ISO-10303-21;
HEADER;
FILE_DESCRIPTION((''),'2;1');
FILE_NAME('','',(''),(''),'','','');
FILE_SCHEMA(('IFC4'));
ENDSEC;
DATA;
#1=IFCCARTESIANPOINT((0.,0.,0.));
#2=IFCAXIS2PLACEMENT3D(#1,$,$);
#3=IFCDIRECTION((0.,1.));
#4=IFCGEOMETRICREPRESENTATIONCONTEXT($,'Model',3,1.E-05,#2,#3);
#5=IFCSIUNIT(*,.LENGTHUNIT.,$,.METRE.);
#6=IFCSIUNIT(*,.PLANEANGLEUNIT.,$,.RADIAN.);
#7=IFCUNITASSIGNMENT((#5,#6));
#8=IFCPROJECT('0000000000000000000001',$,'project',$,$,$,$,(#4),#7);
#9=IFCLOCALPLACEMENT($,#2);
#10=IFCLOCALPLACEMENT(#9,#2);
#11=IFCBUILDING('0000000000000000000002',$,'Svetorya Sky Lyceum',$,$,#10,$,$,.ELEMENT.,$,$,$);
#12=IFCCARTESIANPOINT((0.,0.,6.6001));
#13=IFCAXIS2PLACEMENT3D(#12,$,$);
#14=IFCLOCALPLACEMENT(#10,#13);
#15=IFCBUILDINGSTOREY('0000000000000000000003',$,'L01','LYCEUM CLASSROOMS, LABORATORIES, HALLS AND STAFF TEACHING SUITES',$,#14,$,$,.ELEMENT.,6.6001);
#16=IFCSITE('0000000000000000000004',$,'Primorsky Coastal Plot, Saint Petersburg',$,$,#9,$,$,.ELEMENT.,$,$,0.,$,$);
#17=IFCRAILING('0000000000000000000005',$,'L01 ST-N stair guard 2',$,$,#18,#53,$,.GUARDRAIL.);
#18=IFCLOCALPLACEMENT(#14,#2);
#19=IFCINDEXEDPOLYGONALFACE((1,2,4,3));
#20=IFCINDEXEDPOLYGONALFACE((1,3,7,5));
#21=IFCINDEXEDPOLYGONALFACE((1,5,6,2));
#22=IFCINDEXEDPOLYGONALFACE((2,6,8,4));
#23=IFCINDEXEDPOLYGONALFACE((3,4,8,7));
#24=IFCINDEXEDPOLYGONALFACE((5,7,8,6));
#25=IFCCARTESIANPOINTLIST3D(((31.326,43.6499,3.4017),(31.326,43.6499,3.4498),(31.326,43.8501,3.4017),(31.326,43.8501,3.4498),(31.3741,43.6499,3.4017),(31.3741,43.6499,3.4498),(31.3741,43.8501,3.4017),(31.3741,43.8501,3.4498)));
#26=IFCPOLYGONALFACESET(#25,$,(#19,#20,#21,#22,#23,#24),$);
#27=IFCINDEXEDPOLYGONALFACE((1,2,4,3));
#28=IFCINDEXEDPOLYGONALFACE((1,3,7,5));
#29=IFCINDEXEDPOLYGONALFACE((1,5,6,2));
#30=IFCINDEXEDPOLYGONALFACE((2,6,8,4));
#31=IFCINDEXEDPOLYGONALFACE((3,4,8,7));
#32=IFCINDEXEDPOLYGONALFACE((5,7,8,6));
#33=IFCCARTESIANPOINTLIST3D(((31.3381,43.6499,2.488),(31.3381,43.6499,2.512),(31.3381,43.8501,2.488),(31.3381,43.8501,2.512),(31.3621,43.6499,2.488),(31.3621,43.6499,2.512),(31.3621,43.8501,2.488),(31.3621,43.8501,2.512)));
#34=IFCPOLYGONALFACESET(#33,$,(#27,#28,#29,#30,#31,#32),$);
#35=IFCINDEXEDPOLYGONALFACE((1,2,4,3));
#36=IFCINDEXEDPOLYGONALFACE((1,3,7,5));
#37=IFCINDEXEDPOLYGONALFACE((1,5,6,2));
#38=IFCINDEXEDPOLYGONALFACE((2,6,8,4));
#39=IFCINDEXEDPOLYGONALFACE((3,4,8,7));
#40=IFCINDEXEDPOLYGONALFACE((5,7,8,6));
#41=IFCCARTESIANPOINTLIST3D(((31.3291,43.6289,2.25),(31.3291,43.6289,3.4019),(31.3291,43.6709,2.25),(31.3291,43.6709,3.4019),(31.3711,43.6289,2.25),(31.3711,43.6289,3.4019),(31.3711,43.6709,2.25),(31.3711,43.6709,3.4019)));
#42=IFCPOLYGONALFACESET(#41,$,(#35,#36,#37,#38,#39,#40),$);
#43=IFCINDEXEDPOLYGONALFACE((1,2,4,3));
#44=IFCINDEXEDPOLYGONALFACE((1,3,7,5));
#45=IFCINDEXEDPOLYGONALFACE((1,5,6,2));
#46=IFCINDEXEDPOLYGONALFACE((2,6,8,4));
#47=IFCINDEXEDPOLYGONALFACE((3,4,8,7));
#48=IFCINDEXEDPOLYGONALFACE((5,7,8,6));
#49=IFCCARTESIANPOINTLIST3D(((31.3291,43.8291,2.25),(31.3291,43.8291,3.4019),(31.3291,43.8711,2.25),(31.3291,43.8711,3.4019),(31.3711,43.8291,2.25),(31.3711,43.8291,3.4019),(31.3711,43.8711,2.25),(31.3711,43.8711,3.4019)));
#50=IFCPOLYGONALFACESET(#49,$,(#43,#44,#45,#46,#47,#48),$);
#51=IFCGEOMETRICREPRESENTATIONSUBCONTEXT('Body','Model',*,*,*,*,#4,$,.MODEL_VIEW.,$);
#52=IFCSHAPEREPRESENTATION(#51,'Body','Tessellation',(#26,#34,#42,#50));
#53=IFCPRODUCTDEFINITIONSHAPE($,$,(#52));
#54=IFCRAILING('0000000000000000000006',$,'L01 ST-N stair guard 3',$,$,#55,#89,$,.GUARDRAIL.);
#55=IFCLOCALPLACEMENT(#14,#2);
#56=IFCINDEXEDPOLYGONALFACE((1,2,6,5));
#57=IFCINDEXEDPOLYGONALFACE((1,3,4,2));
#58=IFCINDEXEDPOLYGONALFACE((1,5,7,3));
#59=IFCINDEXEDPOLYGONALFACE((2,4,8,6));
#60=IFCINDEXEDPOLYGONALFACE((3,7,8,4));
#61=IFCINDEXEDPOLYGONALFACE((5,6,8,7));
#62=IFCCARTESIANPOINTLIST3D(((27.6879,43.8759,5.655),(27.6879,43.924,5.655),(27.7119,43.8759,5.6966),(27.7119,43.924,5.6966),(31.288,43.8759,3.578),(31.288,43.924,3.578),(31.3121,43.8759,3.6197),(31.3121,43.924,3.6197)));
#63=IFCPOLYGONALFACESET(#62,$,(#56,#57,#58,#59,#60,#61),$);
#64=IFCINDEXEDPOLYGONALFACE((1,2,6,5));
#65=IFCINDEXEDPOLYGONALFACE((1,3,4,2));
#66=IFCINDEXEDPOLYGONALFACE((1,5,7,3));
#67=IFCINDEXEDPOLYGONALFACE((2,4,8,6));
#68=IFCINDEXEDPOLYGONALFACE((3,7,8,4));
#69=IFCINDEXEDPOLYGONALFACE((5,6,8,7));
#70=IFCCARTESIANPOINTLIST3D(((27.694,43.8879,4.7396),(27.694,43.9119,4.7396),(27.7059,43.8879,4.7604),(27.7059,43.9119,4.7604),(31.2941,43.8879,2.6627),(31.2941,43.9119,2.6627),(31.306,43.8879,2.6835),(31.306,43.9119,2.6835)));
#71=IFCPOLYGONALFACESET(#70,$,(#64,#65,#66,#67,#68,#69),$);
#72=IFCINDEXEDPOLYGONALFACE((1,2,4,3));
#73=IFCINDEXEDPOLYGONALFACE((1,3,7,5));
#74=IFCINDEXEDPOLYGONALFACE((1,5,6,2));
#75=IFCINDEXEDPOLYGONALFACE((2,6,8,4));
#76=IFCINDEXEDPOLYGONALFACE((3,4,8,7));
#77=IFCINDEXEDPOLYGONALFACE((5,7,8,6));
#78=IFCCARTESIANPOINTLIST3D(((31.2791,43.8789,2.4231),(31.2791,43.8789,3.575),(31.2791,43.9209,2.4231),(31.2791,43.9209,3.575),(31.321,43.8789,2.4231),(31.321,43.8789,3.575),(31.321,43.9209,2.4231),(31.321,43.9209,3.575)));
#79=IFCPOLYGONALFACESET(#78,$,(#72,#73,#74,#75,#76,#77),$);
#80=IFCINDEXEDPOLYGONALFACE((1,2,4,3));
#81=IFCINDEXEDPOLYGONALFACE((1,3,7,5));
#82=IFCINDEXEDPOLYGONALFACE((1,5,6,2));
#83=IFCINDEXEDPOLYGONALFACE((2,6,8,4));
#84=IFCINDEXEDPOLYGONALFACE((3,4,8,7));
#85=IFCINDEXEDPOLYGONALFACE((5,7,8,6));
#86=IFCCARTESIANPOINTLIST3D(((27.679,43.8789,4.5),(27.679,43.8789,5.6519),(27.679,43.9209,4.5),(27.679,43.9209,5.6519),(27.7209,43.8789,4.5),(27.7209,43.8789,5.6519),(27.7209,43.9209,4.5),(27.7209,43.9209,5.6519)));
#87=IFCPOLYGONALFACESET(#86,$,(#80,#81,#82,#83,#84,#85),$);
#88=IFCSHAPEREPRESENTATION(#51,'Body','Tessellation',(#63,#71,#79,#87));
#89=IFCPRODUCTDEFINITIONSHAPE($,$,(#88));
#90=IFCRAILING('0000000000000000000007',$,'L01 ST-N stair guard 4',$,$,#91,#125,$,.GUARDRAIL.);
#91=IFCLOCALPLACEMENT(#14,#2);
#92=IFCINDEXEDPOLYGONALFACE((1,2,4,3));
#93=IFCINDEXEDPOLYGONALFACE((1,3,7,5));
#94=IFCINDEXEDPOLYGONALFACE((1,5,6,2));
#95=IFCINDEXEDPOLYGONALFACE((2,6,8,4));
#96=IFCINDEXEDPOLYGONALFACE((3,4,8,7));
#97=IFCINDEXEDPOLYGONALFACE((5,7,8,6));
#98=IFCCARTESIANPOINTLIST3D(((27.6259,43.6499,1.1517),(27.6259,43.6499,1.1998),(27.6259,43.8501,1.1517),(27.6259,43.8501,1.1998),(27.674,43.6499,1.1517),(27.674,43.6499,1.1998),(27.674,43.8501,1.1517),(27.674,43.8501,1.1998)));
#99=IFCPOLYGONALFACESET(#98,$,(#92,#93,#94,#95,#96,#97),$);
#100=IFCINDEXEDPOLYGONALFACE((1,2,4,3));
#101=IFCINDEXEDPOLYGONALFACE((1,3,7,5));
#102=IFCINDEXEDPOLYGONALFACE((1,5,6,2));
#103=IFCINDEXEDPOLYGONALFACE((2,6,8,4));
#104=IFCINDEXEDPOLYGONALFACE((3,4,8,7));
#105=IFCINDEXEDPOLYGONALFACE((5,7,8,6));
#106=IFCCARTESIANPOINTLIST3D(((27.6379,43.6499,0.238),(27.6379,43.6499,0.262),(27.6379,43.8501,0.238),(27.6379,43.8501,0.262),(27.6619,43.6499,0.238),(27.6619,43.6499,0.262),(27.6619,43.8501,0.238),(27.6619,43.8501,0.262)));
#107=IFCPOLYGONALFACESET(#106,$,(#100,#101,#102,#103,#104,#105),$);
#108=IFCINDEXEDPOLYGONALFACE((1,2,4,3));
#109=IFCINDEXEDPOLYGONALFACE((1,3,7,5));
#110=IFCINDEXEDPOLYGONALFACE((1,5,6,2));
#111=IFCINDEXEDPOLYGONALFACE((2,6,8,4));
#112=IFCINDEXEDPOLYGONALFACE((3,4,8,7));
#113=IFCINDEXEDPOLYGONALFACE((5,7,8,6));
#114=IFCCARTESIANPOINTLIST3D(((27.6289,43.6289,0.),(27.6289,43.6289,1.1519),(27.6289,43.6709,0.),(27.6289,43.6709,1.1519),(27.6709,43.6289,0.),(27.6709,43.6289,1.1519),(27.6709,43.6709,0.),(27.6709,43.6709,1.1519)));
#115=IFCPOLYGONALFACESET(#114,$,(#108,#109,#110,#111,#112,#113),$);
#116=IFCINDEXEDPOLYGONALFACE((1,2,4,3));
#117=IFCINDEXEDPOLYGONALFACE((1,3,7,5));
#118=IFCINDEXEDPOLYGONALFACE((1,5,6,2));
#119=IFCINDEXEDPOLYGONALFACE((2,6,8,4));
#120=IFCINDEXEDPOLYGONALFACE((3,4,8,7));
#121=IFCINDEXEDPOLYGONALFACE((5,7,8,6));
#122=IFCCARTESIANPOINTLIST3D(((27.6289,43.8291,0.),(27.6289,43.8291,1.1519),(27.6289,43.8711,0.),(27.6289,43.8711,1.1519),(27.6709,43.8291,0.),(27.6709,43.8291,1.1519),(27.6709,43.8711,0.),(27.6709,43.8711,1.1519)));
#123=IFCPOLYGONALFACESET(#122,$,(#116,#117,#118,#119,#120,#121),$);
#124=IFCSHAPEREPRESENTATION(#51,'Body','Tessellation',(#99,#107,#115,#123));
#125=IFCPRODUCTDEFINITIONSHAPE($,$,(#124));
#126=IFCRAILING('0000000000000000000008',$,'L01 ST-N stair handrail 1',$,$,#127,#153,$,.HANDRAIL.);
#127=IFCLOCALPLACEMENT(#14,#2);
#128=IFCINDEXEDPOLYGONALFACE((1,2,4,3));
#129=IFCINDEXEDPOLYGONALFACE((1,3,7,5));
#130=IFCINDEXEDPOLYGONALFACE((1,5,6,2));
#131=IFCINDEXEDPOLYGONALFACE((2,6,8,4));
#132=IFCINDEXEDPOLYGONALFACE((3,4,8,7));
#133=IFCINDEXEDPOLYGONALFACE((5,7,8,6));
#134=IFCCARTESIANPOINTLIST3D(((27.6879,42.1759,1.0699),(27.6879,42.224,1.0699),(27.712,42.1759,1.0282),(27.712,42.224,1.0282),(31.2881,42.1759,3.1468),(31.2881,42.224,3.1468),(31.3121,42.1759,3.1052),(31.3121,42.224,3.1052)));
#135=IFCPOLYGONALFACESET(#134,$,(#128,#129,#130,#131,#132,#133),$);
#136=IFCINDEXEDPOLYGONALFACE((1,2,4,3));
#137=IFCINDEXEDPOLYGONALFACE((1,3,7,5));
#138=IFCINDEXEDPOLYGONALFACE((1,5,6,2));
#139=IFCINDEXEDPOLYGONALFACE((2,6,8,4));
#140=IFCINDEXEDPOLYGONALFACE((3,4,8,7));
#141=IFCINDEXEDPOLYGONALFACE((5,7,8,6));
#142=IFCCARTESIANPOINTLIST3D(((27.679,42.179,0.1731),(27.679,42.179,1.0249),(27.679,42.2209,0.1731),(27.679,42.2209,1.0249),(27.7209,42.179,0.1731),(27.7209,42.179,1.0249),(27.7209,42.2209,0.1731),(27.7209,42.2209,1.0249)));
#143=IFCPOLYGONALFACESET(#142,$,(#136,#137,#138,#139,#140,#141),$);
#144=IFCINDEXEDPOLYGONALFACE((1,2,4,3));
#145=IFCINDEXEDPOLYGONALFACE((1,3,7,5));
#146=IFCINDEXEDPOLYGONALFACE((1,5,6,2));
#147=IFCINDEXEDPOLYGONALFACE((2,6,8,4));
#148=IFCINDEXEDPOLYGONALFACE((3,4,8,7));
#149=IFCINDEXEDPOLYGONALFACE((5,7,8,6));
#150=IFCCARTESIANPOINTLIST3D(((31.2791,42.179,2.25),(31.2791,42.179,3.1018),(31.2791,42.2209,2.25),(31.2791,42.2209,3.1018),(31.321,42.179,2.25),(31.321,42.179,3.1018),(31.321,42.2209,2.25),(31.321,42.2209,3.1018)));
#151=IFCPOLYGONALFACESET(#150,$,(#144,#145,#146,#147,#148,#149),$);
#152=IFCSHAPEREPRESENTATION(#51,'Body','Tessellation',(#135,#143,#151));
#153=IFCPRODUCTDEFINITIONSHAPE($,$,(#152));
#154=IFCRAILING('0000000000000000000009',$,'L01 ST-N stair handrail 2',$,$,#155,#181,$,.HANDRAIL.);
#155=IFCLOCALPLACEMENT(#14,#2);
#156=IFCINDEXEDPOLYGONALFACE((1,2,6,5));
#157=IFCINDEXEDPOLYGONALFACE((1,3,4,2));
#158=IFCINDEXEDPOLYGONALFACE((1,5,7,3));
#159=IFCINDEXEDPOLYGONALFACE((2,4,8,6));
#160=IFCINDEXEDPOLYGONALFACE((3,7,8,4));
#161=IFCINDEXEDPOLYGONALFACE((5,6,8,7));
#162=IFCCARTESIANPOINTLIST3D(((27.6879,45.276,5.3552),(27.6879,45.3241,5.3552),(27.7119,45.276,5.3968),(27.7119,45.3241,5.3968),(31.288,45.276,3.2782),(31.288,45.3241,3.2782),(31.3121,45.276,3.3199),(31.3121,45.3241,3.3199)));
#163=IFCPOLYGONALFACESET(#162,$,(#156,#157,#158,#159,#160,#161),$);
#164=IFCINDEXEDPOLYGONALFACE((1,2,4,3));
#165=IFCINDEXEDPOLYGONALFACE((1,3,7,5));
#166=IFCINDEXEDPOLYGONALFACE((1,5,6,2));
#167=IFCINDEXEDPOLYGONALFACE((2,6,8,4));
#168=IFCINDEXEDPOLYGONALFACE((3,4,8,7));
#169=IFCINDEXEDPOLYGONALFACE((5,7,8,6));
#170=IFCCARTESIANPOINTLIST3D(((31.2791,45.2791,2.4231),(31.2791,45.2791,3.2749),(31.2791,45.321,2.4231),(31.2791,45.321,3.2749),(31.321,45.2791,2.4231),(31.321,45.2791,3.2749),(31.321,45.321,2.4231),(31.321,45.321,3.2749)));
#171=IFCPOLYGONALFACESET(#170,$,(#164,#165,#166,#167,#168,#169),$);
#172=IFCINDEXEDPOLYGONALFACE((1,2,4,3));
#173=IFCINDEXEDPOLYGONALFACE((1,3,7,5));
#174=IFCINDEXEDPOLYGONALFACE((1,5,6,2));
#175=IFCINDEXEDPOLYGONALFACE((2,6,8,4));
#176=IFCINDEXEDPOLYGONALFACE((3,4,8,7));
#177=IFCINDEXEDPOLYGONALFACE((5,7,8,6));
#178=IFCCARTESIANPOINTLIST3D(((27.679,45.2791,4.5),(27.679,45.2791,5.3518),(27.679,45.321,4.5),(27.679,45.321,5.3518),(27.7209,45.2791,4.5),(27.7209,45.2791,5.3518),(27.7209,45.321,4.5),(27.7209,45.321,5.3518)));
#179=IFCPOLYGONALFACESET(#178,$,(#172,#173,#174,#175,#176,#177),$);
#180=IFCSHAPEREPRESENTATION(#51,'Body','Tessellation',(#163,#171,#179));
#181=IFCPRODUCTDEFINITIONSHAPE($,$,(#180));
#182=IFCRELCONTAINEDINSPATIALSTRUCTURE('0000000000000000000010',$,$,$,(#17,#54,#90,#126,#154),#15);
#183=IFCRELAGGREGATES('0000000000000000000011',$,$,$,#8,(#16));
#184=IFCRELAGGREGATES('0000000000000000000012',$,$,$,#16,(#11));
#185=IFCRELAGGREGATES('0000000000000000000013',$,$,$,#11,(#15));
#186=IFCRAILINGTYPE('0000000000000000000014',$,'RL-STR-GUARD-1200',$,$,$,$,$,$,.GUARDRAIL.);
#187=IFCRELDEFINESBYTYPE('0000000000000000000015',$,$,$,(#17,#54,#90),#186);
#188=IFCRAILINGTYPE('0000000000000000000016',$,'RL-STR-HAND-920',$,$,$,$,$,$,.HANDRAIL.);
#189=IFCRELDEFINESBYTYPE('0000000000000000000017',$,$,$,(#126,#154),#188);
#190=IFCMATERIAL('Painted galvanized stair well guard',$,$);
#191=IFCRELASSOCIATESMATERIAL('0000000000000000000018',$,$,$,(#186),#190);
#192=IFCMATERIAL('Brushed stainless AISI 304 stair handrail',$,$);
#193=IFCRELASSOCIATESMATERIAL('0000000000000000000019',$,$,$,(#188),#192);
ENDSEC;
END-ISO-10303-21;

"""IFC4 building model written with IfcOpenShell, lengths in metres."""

from ifc_helpers import new_model, si_unit, direction, frame, origin, origin_2d, place, context, subcontext, project, spatial, rectangle, extrude, material, type_object, element, save


model = new_model("IFC4")

# Units and contexts
model_context = context("Model", 3, precision=1e-05, world=origin(), true_north=direction((0.0, 1.0)))
body_context = subcontext(model_context, "Body", "Model", "MODEL_VIEW")
ifc_project = project(units=[si_unit("LENGTHUNIT", "METRE"), si_unit("PLANEANGLEUNIT", "RADIAN")], contexts=[model_context])

# Site, building, storey
site_placement = place(None, origin())
site = spatial("IfcSite", under=ifc_project, at=site_placement, Name="Primorsky Coastal Plot, Saint Petersburg", CompositionType="ELEMENT", RefElevation=0.0)
building_placement = place(site_placement, origin())
building = spatial("IfcBuilding", under=site, at=building_placement, Name="Svetorya Sky Lyceum", CompositionType="ELEMENT")
storey_placement = place(building_placement, frame((0.0, 0.0, 6.6001)))
storey = spatial("IfcBuildingStorey", under=building, at=storey_placement, Name="L01", Description="LYCEUM CLASSROOMS, LABORATORIES, HALLS AND STAFF TEACHING SUITES", CompositionType="ELEMENT", Elevation=6.6001)

# Railings
ifc_material_1 = material(Name="Painted galvanized stair well guard")
railing_type_1 = type_object("IfcRailingType", Name="RL-STR-GUARD-1200", PredefinedType="GUARDRAIL", material=ifc_material_1)
railing_1_placement = place(storey_placement, frame((31.3501, 43.6499, 2.25)))
element("IfcRailing", 1, at=railing_1_placement, inside=storey, type_object=railing_type_1, Name="L01 ST-N stair guard 2", PredefinedType="GUARDRAIL", context=body_context, shape_type="SweptSolid", body=[
    extrude(rectangle(XDim=0.0481, YDim=0.0481, at=origin_2d()), frame((0.0, 0.0, 1.1758), z_axis=(0.0, 1.0, 0.0), x_axis=(-1.0, 0.0, 0.0)), (0.0, 0.0, 1.0), 0.2002),
    extrude(rectangle(XDim=0.0239, YDim=0.0239, at=origin_2d()), frame((0.0, 0.0, 0.25), z_axis=(0.0, 1.0, 0.0), x_axis=(-1.0, 0.0, 0.0)), (0.0, 0.0, 1.0), 0.2002),
    extrude(rectangle(XDim=0.042, YDim=0.042, at=origin_2d()), origin(), (0.0, 0.0, 1.0), 1.1519),
    extrude(rectangle(XDim=0.042, YDim=0.042, at=origin_2d()), frame((0.0, 0.2002, 0.0)), (0.0, 0.0, 1.0), 1.1519),
])
railing_2_placement = place(storey_placement, frame((31.3, 43.8999, 2.4231)))
element("IfcRailing", 2, at=railing_2_placement, inside=storey, type_object=railing_type_1, Name="L01 ST-N stair guard 3", PredefinedType="GUARDRAIL", context=body_context, shape_type="SweptSolid", body=[
    extrude(rectangle(XDim=0.0481, YDim=0.0481, at=origin_2d()), frame((0.0, 0.0, 1.1758), z_axis=(-0.866193, 0.0, 0.499709), x_axis=(0.0, -1.0, 0.0)), (0.0, 0.0, 1.0), 4.1562),
    extrude(rectangle(XDim=0.0239, YDim=0.0239, at=origin_2d()), frame((0.0, 0.0, 0.25), z_axis=(-0.866193, 0.0, 0.499709), x_axis=(0.0, -1.0, 0.0)), (0.0, 0.0, 1.0), 4.1562),
    extrude(rectangle(XDim=0.042, YDim=0.042, at=origin_2d()), origin(), (0.0, 0.0, 1.0), 1.1519),
    extrude(rectangle(XDim=0.042, YDim=0.042, at=origin_2d()), frame((-3.6001, 0.0, 2.0769)), (0.0, 0.0, 1.0), 1.1519),
])
railing_3_placement = place(storey_placement, frame((27.6499, 43.6499, 0.0)))
element("IfcRailing", 3, at=railing_3_placement, inside=storey, type_object=railing_type_1, Name="L01 ST-N stair guard 4", PredefinedType="GUARDRAIL", context=body_context, shape_type="SweptSolid", body=[
    extrude(rectangle(XDim=0.0481, YDim=0.0481, at=origin_2d()), frame((0.0, 0.0, 1.1758), z_axis=(0.0, 1.0, 0.0), x_axis=(-1.0, 0.0, 0.0)), (0.0, 0.0, 1.0), 0.2002),
    extrude(rectangle(XDim=0.0239, YDim=0.0239, at=origin_2d()), frame((0.0, 0.0, 0.25), z_axis=(0.0, 1.0, 0.0), x_axis=(-1.0, 0.0, 0.0)), (0.0, 0.0, 1.0), 0.2002),
    extrude(rectangle(XDim=0.042, YDim=0.042, at=origin_2d()), origin(), (0.0, 0.0, 1.0), 1.1519),
    extrude(rectangle(XDim=0.042, YDim=0.042, at=origin_2d()), frame((0.0, 0.2002, 0.0)), (0.0, 0.0, 1.0), 1.1519),
])
ifc_material_2 = material(Name="Brushed stainless AISI 304 stair handrail")
railing_type_2 = type_object("IfcRailingType", Name="RL-STR-HAND-920", PredefinedType="HANDRAIL", material=ifc_material_2)
railing_4_placement = place(storey_placement, frame((27.7, 42.2, 0.1731)))
element("IfcRailing", 4, at=railing_4_placement, inside=storey, type_object=railing_type_2, Name="L01 ST-N stair handrail 1", PredefinedType="HANDRAIL", context=body_context, shape_type="SweptSolid", body=[
    extrude(rectangle(XDim=0.0481, YDim=0.0481, at=origin_2d()), frame((0.0, 0.0, 0.876), z_axis=(0.866193, 0.0, 0.499709), x_axis=(0.0, 1.0, 0.0)), (0.0, 0.0, 1.0), 4.1562),
    extrude(rectangle(XDim=0.042, YDim=0.042, at=origin_2d()), origin(), (0.0, 0.0, 1.0), 0.8518),
    extrude(rectangle(XDim=0.042, YDim=0.042, at=origin_2d()), frame((3.6001, 0.0, 2.0769)), (0.0, 0.0, 1.0), 0.8518),
])
railing_5_placement = place(storey_placement, frame((31.3, 45.3, 2.4231)))
element("IfcRailing", 5, at=railing_5_placement, inside=storey, type_object=railing_type_2, Name="L01 ST-N stair handrail 2", PredefinedType="HANDRAIL", context=body_context, shape_type="SweptSolid", body=[
    extrude(rectangle(XDim=0.0481, YDim=0.0481, at=origin_2d()), frame((0.0, 0.0, 0.876), z_axis=(-0.866193, 0.0, 0.499709), x_axis=(0.0, -1.0, 0.0)), (0.0, 0.0, 1.0), 4.1562),
    extrude(rectangle(XDim=0.042, YDim=0.042, at=origin_2d()), origin(), (0.0, 0.0, 1.0), 0.8518),
    extrude(rectangle(XDim=0.042, YDim=0.042, at=origin_2d()), frame((-3.6001, 0.0, 2.0769)), (0.0, 0.0, 1.0), 0.8518),
])

save(model, "model.ifc")
